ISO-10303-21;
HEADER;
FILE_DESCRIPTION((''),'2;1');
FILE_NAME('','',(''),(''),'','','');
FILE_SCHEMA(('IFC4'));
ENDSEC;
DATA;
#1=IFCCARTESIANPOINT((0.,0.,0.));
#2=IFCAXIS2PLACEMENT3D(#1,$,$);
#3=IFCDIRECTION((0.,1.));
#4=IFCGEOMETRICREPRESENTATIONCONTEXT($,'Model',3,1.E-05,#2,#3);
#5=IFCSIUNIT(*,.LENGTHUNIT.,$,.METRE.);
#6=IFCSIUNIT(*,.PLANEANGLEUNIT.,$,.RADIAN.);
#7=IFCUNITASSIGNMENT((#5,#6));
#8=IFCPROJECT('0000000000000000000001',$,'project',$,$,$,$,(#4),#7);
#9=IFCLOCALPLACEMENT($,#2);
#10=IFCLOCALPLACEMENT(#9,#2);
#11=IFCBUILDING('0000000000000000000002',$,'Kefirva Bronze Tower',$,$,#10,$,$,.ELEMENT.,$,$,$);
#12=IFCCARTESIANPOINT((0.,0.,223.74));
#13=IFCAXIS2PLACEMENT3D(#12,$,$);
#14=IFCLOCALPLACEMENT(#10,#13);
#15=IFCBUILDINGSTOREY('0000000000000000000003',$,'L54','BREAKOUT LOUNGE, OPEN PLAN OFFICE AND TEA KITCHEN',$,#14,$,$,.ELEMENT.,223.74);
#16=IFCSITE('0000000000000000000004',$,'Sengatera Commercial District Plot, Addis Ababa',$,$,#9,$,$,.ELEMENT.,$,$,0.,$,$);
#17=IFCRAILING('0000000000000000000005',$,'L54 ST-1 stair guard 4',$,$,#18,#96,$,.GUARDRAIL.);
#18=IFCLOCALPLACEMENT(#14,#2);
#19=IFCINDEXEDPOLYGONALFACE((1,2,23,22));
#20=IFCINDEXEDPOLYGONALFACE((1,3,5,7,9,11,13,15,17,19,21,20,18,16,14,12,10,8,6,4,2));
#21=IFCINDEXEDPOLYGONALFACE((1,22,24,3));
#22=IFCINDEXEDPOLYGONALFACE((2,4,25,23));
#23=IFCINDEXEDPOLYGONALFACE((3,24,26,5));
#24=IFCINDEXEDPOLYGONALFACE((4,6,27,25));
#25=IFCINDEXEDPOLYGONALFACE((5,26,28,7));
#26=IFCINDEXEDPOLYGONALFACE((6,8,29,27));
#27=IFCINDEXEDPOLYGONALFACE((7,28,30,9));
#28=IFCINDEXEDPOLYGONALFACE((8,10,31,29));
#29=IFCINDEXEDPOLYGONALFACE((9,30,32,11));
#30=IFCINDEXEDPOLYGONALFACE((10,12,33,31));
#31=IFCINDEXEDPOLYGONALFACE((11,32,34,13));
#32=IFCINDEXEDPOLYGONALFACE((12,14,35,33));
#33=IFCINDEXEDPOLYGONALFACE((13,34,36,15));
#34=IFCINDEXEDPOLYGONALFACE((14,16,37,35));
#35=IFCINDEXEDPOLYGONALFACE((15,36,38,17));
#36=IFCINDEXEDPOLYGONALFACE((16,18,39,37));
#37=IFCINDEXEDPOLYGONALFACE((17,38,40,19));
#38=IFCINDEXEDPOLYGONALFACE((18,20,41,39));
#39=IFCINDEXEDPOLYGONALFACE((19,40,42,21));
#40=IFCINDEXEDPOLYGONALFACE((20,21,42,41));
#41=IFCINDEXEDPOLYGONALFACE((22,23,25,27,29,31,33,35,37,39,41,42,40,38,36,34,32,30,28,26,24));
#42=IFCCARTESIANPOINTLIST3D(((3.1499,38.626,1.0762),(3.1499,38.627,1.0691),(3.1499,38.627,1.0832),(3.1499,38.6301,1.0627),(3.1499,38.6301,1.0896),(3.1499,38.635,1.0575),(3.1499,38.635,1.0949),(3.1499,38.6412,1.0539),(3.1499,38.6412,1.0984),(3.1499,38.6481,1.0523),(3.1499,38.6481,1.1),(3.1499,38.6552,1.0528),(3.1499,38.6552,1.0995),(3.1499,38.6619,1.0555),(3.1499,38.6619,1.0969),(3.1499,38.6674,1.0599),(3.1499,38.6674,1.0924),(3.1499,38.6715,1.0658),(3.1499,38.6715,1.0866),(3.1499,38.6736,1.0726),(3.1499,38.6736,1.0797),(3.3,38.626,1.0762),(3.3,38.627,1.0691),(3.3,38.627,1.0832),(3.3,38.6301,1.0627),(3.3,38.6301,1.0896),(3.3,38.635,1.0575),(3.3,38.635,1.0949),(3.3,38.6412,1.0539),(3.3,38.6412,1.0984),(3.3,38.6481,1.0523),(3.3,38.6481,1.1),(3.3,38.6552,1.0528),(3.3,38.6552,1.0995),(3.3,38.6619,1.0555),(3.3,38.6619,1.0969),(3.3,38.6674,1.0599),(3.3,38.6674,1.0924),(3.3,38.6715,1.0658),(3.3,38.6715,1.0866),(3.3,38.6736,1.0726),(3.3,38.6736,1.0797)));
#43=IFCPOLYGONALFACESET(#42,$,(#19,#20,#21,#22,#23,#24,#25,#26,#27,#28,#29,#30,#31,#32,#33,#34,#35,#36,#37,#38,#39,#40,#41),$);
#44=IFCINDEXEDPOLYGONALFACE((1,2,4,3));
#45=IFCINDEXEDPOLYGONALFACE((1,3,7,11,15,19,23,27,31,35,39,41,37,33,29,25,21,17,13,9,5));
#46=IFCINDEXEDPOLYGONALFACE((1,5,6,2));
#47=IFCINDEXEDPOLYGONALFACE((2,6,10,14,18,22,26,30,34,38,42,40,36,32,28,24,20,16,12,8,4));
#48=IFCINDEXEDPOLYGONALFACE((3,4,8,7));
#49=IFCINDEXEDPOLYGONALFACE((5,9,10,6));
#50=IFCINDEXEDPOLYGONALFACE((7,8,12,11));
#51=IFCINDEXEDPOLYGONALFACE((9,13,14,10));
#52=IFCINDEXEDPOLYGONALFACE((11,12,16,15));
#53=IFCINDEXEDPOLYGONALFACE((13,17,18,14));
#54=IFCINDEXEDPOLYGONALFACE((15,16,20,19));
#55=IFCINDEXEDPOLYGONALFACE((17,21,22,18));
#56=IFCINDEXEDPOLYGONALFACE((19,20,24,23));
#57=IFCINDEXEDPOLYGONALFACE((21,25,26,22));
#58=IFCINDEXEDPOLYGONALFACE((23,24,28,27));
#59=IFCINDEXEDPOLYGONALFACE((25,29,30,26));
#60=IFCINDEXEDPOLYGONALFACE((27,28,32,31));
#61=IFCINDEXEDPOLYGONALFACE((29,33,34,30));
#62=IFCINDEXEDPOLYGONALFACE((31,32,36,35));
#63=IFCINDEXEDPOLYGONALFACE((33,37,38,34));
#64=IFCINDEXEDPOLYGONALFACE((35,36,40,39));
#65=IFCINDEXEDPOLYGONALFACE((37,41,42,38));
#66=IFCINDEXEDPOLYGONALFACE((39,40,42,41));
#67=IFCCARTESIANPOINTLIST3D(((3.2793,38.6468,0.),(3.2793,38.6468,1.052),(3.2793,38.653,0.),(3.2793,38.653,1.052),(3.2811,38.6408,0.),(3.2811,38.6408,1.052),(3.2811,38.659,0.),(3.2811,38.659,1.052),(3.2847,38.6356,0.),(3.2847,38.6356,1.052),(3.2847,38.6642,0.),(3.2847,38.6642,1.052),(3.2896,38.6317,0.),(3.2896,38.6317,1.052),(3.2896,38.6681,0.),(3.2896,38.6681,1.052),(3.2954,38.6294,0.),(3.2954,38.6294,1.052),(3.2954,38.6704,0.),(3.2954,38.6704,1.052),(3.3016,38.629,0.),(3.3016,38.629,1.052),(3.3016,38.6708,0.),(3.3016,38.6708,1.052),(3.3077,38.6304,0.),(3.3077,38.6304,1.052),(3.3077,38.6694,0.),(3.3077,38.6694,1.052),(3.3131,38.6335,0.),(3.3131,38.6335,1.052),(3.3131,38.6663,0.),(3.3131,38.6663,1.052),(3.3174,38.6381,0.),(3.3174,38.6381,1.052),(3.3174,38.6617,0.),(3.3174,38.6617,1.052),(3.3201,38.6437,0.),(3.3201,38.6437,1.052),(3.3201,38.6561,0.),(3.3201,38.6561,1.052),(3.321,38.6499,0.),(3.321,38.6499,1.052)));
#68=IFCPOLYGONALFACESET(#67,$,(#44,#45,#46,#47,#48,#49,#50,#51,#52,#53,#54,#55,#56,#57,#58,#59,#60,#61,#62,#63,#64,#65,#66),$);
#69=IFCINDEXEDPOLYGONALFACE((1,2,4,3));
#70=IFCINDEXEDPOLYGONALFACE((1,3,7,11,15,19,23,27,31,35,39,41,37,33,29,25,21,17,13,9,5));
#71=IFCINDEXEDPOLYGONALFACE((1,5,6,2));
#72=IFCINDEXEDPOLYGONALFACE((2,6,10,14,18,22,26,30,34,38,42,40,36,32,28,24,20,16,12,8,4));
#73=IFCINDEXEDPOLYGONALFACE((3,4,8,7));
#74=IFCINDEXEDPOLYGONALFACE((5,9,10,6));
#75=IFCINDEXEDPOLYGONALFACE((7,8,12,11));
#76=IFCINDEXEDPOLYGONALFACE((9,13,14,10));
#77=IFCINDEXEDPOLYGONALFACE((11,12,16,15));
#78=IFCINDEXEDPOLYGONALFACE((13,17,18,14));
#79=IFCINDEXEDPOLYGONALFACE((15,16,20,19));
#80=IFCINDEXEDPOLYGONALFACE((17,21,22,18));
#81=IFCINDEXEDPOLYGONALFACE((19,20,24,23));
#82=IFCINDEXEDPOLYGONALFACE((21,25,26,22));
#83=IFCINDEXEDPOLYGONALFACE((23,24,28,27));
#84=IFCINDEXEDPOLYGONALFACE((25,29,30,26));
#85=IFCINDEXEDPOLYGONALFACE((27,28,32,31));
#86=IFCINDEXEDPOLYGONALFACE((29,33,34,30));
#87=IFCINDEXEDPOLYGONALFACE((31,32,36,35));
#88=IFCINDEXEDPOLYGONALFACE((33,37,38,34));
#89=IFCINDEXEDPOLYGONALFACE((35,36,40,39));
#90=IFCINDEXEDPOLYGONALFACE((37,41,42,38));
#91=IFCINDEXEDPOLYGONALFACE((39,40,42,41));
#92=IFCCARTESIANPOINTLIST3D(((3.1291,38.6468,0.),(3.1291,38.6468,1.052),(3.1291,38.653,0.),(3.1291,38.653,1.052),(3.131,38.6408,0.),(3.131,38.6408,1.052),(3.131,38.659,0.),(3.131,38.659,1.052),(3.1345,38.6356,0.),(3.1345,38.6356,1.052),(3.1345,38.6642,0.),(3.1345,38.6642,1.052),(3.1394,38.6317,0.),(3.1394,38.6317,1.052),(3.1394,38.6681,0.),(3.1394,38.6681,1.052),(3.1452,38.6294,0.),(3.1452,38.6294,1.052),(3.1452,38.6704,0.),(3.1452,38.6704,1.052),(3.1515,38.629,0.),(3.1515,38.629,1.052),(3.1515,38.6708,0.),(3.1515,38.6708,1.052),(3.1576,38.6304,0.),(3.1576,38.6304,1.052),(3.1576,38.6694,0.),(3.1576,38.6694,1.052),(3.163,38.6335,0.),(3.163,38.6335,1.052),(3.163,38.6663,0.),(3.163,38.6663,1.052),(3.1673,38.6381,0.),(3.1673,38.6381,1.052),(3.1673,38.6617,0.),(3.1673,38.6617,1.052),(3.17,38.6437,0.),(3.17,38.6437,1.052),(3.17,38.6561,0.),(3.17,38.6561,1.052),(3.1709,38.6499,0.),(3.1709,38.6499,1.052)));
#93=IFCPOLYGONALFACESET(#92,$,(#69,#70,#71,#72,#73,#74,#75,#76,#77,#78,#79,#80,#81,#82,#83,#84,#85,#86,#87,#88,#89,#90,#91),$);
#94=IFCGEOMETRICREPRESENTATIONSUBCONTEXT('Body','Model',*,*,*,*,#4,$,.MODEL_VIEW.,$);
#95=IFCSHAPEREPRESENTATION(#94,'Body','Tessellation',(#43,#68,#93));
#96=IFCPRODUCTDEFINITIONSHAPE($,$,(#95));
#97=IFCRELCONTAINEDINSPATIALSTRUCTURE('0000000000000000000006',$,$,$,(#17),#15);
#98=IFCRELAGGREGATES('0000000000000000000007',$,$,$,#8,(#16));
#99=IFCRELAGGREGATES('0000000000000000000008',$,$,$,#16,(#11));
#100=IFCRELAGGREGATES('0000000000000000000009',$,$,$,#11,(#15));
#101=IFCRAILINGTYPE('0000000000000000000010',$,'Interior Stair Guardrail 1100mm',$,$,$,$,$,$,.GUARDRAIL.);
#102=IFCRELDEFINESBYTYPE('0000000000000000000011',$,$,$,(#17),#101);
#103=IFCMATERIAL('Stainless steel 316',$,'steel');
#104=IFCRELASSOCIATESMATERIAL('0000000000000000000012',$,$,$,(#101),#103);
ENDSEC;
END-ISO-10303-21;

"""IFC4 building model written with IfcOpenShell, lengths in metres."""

from ifc_helpers import new_model, si_unit, direction, frame, origin, origin_2d, place, context, subcontext, project, spatial, circle, extrude, material, type_object, element, save


model = new_model("IFC4")

# Units and contexts
model_context = context("Model", 3, precision=1e-05, world=origin(), true_north=direction((0.0, 1.0)))
body_context = subcontext(model_context, "Body", "Model", "MODEL_VIEW")
ifc_project = project(units=[si_unit("LENGTHUNIT", "METRE"), si_unit("PLANEANGLEUNIT", "RADIAN")], contexts=[model_context])

# Site, building, storey
site_placement = place(None, origin())
site = spatial("IfcSite", under=ifc_project, at=site_placement, Name="Sengatera Commercial District Plot, Addis Ababa", CompositionType="ELEMENT", RefElevation=0.0)
building_placement = place(site_placement, origin())
building = spatial("IfcBuilding", under=site, at=building_placement, Name="Kefirva Bronze Tower", CompositionType="ELEMENT")
storey_placement = place(building_placement, frame((0.0, 0.0, 223.74)))
storey = spatial("IfcBuildingStorey", under=building, at=storey_placement, Name="L54", Description="BREAKOUT LOUNGE, OPEN PLAN OFFICE AND TEA KITCHEN", CompositionType="ELEMENT", Elevation=223.74)

# Railing
ifc_material_1 = material(Name="Stainless steel 316", Category="steel")
railing_type_1 = type_object("IfcRailingType", Name="Interior Stair Guardrail 1100mm", PredefinedType="GUARDRAIL", material=ifc_material_1)
railing_1_placement = place(storey_placement, frame((3.3, 38.6499, 0.0)))
element("IfcRailing", 1, at=railing_1_placement, inside=storey, type_object=railing_type_1, Name="L54 ST-1 stair guard 4", PredefinedType="GUARDRAIL", context=body_context, shape_type="SweptSolid", body=[
    extrude(circle(Radius=0.0239, at=origin_2d()), frame((0.0, 0.0, 1.0762), z_axis=(-1.0, 0.0, 0.0), x_axis=(0.0, -1.0, 0.0)), (0.0, 0.0, 1.0), 0.1501),
    extrude(circle(Radius=0.021, at=origin_2d()), origin(), (0.0, 0.0, 1.0), 1.052),
    extrude(circle(Radius=0.021, at=origin_2d()), frame((-0.1501, 0.0, 0.0)), (0.0, 0.0, 1.0), 1.052),
])

save(model, "model.ifc")
